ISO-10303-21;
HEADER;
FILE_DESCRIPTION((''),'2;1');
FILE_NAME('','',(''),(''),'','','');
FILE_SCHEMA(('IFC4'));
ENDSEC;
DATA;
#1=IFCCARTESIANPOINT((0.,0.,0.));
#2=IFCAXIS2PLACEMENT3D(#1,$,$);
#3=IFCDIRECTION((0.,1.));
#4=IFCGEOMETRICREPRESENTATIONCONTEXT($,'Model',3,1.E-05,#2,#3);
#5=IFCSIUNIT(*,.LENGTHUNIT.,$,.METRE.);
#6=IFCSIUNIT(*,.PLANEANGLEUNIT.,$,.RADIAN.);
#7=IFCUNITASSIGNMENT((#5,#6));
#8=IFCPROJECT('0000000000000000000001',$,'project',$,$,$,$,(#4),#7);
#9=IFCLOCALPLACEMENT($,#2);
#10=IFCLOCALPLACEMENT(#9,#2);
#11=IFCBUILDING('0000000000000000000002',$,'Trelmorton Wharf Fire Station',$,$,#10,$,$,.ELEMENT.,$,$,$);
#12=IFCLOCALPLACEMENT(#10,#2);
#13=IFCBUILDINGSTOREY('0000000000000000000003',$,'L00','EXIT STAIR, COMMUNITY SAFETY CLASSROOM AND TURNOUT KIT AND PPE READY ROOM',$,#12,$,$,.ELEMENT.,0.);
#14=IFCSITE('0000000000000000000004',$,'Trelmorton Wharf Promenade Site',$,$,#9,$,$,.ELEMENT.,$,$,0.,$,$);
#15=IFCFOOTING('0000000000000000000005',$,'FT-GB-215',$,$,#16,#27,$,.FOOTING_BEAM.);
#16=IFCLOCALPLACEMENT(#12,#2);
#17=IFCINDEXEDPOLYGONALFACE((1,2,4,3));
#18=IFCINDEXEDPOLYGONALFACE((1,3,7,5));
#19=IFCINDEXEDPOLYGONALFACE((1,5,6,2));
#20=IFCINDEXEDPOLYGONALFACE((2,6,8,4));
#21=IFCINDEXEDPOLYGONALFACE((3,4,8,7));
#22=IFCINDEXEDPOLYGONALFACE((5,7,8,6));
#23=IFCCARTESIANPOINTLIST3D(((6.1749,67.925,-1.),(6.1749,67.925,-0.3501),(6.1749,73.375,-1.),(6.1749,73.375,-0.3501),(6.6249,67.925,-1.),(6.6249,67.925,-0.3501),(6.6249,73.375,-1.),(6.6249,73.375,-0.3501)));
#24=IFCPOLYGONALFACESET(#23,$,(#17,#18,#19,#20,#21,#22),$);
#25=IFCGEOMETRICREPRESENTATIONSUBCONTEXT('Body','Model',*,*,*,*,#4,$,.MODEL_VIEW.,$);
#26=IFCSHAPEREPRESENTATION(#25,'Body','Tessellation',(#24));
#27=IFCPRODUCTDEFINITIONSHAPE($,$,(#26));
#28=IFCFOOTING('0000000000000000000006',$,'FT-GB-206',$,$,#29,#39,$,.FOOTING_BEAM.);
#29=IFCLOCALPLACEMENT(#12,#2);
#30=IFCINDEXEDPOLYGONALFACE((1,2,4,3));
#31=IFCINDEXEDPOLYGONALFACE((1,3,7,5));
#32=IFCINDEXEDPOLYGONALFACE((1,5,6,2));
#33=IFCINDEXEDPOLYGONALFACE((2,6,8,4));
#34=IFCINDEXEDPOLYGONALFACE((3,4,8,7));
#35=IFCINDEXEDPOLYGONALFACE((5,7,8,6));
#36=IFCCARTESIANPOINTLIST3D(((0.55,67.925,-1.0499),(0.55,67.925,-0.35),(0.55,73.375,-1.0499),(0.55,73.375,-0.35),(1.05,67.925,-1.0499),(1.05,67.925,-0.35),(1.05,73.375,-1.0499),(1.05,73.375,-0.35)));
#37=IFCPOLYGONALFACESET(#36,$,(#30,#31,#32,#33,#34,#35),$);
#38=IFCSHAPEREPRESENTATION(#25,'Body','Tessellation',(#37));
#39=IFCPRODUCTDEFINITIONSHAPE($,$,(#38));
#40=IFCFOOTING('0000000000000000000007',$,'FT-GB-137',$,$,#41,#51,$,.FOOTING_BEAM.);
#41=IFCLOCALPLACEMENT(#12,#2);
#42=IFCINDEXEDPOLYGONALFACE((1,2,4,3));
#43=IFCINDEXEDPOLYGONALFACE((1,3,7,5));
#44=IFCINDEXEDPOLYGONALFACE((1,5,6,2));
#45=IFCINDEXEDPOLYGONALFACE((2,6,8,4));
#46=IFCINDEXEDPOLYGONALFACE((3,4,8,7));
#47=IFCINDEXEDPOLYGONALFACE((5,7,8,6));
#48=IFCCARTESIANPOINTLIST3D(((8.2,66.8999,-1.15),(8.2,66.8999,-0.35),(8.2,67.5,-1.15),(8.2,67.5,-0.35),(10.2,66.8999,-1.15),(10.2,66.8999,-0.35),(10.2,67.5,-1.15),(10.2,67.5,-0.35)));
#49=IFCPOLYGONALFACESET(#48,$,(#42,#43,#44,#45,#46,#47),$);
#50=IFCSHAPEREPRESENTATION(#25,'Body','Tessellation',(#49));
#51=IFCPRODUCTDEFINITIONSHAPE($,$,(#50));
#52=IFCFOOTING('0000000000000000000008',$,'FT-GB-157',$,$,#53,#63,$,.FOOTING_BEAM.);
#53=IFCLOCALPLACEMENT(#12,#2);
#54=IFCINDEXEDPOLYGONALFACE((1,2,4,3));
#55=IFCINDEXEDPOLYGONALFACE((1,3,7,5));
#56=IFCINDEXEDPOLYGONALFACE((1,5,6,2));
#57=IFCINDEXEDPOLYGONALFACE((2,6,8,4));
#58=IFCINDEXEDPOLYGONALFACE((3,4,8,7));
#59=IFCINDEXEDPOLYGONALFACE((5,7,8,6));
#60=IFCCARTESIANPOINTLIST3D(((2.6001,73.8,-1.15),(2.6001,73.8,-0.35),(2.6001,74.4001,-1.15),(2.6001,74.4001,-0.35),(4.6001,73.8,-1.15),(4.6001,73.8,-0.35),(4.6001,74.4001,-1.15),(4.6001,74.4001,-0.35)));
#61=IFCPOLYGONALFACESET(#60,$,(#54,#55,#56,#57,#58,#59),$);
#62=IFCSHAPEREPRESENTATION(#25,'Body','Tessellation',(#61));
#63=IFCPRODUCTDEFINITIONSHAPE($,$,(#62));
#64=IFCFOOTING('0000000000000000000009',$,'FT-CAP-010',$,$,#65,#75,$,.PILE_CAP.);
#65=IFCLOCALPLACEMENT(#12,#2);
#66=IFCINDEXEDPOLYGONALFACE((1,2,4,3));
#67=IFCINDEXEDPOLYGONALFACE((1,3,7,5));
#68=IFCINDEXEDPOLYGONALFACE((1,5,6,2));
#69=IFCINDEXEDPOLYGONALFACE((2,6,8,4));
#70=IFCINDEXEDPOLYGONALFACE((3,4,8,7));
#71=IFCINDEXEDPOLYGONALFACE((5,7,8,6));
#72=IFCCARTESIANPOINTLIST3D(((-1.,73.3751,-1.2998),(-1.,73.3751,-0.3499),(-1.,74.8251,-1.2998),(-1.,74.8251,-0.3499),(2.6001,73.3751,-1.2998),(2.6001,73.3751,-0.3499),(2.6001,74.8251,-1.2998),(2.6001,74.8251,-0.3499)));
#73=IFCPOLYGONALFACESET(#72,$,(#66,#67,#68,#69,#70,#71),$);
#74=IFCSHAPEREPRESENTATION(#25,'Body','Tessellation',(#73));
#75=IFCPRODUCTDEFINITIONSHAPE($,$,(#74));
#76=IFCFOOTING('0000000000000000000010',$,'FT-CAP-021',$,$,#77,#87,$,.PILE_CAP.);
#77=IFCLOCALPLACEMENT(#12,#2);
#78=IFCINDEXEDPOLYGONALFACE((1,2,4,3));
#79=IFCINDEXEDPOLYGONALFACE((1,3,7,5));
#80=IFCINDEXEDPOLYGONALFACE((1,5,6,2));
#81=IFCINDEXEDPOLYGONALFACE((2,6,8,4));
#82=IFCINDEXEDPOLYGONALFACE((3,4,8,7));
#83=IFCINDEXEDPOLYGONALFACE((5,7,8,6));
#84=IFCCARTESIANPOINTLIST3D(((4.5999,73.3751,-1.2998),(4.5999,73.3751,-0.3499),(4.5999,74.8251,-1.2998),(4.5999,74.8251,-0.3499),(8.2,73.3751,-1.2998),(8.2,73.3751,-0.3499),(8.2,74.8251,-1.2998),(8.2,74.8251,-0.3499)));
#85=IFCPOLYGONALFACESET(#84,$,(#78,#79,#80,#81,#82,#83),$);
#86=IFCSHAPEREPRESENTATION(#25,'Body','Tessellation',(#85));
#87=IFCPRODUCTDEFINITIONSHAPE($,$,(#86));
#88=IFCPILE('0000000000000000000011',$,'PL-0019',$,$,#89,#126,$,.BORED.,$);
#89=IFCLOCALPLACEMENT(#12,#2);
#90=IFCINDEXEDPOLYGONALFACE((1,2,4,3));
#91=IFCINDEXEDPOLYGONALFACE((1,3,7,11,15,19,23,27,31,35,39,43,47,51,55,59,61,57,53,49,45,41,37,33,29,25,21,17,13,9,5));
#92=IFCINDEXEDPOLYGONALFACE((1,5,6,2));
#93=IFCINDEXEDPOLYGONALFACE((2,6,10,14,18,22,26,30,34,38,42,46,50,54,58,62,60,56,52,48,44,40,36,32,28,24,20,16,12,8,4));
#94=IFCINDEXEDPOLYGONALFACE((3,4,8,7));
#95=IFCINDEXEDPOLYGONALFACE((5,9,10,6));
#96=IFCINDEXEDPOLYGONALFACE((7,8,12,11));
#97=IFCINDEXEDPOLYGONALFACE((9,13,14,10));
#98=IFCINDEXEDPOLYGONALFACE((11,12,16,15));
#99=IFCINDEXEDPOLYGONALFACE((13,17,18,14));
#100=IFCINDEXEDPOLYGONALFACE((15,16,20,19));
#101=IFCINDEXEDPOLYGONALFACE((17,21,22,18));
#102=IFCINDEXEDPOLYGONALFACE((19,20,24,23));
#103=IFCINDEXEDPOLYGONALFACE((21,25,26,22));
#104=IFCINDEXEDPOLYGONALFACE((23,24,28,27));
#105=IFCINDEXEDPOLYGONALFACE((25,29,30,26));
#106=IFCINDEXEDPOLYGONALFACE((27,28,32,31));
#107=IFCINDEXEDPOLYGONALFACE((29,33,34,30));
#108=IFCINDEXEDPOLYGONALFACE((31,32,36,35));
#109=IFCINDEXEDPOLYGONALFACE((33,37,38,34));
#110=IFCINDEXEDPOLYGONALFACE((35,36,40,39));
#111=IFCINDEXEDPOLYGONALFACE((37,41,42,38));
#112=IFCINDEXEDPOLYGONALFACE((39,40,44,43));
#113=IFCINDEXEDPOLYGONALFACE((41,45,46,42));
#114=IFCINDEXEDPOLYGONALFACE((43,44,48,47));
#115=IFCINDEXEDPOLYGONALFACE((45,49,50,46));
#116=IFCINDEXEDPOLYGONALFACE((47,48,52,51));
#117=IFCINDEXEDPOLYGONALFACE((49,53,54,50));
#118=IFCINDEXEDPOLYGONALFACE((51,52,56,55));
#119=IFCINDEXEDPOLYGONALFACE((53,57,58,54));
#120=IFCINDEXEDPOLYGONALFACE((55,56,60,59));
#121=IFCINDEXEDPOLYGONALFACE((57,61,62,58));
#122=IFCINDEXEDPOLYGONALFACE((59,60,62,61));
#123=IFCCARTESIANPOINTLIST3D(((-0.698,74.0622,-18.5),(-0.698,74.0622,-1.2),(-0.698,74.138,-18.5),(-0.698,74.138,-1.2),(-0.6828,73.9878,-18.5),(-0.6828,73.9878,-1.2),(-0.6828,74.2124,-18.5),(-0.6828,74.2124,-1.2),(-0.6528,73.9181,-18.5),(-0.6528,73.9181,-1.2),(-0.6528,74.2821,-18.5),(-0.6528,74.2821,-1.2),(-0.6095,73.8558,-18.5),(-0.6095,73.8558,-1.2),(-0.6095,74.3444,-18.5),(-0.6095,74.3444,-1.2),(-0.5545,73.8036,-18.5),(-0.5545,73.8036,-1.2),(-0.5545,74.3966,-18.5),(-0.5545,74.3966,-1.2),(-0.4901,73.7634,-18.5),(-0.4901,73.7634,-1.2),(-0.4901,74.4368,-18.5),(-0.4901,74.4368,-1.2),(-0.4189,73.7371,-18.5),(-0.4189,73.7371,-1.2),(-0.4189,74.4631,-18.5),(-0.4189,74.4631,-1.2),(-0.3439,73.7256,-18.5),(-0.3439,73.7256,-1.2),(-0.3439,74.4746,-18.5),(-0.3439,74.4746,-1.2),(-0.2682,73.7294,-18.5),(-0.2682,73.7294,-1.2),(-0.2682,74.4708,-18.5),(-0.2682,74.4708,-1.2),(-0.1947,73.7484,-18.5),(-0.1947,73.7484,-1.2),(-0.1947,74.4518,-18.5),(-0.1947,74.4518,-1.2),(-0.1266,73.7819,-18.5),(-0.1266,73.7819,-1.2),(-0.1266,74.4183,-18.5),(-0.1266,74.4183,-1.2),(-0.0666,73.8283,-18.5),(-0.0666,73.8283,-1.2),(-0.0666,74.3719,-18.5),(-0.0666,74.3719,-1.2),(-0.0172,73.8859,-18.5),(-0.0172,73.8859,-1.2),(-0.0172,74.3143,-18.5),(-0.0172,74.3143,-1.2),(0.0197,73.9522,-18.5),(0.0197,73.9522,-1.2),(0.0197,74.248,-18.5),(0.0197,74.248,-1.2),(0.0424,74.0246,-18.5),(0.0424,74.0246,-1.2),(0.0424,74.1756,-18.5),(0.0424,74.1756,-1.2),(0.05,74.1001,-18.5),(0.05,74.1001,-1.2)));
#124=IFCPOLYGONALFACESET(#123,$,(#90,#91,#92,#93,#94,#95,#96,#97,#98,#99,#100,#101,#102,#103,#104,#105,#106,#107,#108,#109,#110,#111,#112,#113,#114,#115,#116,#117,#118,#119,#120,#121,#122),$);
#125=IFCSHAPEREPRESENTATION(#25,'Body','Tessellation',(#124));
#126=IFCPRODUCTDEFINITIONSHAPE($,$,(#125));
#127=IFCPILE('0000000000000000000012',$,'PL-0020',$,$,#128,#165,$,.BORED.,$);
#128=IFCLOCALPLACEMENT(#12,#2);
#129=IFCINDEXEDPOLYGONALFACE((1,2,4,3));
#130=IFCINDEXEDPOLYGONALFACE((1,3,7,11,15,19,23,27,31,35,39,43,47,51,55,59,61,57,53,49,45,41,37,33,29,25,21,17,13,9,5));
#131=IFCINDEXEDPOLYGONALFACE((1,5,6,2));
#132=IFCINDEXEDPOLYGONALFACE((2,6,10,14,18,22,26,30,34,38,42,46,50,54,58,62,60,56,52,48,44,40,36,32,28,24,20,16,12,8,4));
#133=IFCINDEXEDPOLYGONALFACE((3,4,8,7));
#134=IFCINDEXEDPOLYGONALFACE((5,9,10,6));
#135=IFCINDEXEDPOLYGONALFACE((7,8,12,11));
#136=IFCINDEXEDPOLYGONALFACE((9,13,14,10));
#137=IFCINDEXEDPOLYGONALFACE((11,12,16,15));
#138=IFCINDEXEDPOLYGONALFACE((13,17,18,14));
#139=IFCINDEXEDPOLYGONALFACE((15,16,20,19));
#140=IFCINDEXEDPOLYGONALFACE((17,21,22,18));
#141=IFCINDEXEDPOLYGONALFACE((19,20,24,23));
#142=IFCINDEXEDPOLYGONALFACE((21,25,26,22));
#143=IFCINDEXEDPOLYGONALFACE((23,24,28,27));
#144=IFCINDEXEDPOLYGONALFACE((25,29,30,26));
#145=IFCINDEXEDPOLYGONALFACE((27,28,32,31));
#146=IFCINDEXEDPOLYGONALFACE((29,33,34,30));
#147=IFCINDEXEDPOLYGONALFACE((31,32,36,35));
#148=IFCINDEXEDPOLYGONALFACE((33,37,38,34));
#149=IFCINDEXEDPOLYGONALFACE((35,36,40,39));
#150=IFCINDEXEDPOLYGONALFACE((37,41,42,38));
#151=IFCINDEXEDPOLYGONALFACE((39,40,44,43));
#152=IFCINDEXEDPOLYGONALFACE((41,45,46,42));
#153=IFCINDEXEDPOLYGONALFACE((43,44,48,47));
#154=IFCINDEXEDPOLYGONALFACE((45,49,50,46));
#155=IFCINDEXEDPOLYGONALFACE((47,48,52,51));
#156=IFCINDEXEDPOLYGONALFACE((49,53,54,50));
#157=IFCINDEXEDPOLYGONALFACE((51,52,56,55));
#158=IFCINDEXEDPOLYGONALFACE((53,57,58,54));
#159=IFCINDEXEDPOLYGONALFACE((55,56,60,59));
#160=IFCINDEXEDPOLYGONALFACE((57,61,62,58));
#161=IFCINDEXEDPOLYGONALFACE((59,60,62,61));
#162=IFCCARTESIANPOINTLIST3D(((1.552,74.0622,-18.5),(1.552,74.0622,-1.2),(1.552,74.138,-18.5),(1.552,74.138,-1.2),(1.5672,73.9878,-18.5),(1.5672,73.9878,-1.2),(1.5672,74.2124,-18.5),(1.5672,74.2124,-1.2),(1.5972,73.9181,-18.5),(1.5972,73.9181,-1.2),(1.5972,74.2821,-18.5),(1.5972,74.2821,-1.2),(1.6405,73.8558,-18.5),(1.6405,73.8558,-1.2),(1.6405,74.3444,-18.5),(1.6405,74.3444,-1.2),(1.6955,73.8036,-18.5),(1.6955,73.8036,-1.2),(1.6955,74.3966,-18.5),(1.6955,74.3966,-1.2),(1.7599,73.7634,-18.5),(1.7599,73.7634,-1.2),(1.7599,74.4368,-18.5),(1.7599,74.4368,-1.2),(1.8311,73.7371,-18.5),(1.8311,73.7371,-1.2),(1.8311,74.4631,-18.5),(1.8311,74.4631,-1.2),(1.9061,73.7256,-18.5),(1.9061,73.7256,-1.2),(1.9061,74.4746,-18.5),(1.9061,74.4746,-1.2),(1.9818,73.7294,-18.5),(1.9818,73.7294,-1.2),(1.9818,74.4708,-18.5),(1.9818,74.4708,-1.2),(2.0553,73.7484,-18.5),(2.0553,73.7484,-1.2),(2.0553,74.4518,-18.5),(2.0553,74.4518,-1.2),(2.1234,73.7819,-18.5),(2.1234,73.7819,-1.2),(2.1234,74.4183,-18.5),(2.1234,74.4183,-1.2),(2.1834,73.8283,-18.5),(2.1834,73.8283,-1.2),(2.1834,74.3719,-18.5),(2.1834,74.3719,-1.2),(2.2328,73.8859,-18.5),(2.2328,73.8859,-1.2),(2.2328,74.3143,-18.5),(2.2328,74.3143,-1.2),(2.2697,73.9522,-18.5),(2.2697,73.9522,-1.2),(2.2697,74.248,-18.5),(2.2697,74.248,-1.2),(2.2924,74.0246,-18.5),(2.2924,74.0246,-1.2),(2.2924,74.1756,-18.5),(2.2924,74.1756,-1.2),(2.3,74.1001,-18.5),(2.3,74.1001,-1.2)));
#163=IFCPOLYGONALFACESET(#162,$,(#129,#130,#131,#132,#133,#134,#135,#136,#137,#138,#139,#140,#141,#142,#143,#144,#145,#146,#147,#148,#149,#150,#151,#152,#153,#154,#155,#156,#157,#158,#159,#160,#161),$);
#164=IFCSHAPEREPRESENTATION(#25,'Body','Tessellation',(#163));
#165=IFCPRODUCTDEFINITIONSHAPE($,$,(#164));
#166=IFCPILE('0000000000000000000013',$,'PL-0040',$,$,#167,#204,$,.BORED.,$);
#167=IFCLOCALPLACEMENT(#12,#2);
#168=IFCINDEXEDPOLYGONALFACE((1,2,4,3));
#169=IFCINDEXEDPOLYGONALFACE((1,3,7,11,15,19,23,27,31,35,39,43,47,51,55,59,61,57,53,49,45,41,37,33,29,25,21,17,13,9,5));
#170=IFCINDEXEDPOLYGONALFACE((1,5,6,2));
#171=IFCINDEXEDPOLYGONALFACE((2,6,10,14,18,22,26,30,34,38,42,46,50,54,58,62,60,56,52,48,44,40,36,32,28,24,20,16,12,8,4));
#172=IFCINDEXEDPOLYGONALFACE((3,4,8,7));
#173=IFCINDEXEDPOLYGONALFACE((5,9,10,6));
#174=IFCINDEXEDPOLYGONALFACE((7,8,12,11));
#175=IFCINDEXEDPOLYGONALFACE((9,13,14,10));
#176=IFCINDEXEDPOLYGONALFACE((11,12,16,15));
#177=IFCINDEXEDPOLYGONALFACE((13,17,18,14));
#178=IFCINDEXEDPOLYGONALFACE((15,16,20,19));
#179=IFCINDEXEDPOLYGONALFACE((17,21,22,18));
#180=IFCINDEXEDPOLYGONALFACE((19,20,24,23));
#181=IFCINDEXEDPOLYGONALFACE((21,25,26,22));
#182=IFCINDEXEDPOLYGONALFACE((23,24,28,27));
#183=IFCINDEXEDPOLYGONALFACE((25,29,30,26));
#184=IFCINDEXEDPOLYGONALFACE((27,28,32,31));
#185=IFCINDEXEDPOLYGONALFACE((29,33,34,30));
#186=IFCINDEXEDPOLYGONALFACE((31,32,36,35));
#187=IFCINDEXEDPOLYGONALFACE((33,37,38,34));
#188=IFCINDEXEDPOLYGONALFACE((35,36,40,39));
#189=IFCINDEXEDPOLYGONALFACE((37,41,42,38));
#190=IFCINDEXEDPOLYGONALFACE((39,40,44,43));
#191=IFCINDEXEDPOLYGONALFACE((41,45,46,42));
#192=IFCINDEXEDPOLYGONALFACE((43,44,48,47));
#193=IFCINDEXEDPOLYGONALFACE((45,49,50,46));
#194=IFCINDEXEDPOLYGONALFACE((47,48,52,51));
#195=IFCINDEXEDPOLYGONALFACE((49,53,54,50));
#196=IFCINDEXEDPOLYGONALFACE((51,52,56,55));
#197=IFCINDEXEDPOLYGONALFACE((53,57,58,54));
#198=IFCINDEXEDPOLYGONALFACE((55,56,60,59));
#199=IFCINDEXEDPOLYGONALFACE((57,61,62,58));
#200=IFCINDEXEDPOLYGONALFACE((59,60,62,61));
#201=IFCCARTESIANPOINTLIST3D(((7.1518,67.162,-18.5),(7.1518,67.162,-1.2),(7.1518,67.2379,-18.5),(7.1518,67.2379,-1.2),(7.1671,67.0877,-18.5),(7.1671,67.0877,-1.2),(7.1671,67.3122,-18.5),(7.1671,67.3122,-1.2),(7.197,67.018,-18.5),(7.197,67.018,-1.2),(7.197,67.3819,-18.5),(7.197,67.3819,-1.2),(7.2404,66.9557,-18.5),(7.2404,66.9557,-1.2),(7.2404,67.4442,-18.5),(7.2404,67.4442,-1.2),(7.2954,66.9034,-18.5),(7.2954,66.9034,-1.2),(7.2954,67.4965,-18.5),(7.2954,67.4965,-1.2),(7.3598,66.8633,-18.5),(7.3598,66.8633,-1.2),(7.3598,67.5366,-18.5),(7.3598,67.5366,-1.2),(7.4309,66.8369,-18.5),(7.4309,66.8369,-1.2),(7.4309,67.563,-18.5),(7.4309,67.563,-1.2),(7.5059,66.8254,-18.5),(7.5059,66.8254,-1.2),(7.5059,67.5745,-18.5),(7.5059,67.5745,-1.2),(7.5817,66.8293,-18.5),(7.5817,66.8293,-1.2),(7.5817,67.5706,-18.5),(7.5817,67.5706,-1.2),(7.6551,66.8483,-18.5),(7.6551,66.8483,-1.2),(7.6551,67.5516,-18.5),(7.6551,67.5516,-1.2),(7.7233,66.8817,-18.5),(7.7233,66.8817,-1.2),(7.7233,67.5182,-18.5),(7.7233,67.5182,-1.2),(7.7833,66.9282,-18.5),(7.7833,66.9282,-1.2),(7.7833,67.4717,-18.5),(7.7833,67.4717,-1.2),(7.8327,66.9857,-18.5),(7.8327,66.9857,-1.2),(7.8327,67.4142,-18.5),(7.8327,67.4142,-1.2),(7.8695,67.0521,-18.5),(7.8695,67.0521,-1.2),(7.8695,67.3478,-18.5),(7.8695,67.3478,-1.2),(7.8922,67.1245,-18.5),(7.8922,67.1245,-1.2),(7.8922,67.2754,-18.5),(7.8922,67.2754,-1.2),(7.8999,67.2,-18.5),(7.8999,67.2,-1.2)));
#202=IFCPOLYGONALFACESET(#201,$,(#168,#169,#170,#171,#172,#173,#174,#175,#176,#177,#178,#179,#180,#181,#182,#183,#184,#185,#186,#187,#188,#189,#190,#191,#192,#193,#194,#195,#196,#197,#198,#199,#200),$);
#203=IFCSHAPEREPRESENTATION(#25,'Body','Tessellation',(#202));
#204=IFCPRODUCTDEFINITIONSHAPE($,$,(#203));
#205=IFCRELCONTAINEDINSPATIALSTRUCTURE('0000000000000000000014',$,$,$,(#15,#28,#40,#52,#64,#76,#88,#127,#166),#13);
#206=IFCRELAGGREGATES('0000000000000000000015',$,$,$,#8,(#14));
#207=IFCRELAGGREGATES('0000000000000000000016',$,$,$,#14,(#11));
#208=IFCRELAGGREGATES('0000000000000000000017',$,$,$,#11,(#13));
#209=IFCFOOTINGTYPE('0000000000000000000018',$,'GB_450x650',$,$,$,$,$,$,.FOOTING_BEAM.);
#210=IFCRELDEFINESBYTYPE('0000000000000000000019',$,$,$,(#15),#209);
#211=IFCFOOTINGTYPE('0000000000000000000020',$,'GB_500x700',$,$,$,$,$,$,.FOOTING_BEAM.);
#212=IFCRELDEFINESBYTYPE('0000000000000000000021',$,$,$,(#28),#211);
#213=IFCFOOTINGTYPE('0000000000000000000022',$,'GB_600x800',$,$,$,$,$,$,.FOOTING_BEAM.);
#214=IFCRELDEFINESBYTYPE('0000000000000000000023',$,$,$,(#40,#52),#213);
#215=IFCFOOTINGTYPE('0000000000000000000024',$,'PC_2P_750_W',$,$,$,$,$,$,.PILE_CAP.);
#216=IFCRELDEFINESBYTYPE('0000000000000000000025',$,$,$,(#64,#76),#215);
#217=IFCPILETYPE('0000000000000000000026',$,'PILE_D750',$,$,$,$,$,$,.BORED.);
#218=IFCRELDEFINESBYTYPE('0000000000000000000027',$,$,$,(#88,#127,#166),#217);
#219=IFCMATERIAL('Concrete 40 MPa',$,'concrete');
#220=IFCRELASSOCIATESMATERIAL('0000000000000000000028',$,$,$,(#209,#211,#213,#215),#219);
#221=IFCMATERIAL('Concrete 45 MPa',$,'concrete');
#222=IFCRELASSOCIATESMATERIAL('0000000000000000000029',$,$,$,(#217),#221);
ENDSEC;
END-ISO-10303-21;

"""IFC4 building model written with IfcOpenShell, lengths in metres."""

from ifc_helpers import new_model, si_unit, direction, frame, origin, origin_2d, place, context, subcontext, project, spatial, rectangle, circle, extrude, material, material_profile, profile_set, type_object, element, save


model = new_model("IFC4")

# Units and contexts
model_context = context("Model", 3, precision=1e-05, world=origin(), true_north=direction((0.0, 1.0)))
body_context = subcontext(model_context, "Body", "Model", "MODEL_VIEW")
ifc_project = project(units=[si_unit("LENGTHUNIT", "METRE"), si_unit("PLANEANGLEUNIT", "RADIAN")], contexts=[model_context])

# Site, building, storey
site_placement = place(None, origin())
site = spatial("IfcSite", under=ifc_project, at=site_placement, Name="Trelmorton Wharf Promenade Site", CompositionType="ELEMENT", RefElevation=0.0)
building_placement = place(site_placement, origin())
building = spatial("IfcBuilding", under=site, at=building_placement, Name="Trelmorton Wharf Fire Station", CompositionType="ELEMENT")
storey_placement = place(building_placement, origin())
storey = spatial("IfcBuildingStorey", under=building, at=storey_placement, Name="L00", Description="EXIT STAIR, COMMUNITY SAFETY CLASSROOM AND TURNOUT KIT AND PPE READY ROOM", CompositionType="ELEMENT", Elevation=0.0)

# Footings
ifc_material_1 = material(Name="Concrete 40 MPa", Category="concrete")
ifc_material_profile_1 = material_profile(ifc_material_1, rectangle(XDim=0.45, YDim=0.6499, at=origin_2d()), Name="RC450x650")
ifc_profile_set_1 = profile_set([ifc_material_profile_1], Name="Concrete 40 MPa")
footing_type_1 = type_object("IfcFootingType", Name="GB_450x650", PredefinedType="FOOTING_BEAM", material=ifc_profile_set_1)
footing_1_placement = place(storey_placement, frame((6.3999, 67.925, -0.675), z_axis=(0.0, 1.0, 0.0), x_axis=(-1.0, 0.0, 0.0)))
element("IfcFooting", 1, at=footing_1_placement, inside=storey, type_object=footing_type_1, Name="FT-GB-215", PredefinedType="FOOTING_BEAM", context=body_context, shape_type="SweptSolid", body=[
    extrude(rectangle(XDim=0.45, YDim=0.6499, at=origin_2d()), origin(), (0.0, 0.0, 1.0), 5.45),
])
ifc_material_profile_2 = material_profile(ifc_material_1, rectangle(XDim=0.5, YDim=0.7, at=origin_2d()), Name="RC500x700")
ifc_profile_set_2 = profile_set([ifc_material_profile_2], Name="Concrete 40 MPa")
footing_type_2 = type_object("IfcFootingType", Name="GB_500x700", PredefinedType="FOOTING_BEAM", material=ifc_profile_set_2)
footing_2_placement = place(storey_placement, frame((0.8, 67.925, -0.7), z_axis=(0.0, 1.0, 0.0), x_axis=(-1.0, 0.0, 0.0)))
element("IfcFooting", 2, at=footing_2_placement, inside=storey, type_object=footing_type_2, Name="FT-GB-206", PredefinedType="FOOTING_BEAM", context=body_context, shape_type="SweptSolid", body=[
    extrude(rectangle(XDim=0.5, YDim=0.7, at=origin_2d()), origin(), (0.0, 0.0, 1.0), 5.45),
])
ifc_material_profile_3 = material_profile(ifc_material_1, rectangle(XDim=0.6001, YDim=0.8, at=origin_2d()), Name="RC600x800")
ifc_profile_set_3 = profile_set([ifc_material_profile_3], Name="Concrete 40 MPa")
footing_type_3 = type_object("IfcFootingType", Name="GB_600x800", PredefinedType="FOOTING_BEAM", material=ifc_profile_set_3)
for number, where, z_axis, x_axis, name in (
    (3, (8.2, 67.2, -0.75), (1.0, 0.0, 0.0), (0.0, 1.0, 0.0), "FT-GB-137"),
    (4, (2.6001, 74.1001, -0.75), (1.0, 0.0, 0.0), (0.0, 1.0, 0.0), "FT-GB-157"),
):
    element("IfcFooting", number, at=place(storey_placement, frame(where, z_axis=z_axis, x_axis=x_axis)), inside=storey, type_object=footing_type_3, Name=name, PredefinedType="FOOTING_BEAM", context=body_context, shape_type="SweptSolid", body=[
        extrude(rectangle(XDim=0.6001, YDim=0.8, at=origin_2d()), origin(), (0.0, 0.0, 1.0), 2.0),
    ])
footing_type_4 = type_object("IfcFootingType", Name="PC_2P_750_W", PredefinedType="PILE_CAP", material=ifc_material_1)
for number, where, z_axis, x_axis, name in (
    (5, (0.8, 74.1001, -1.2998), (0.0, 0.0, 1.0), (1.0, 0.0, 0.0), "FT-CAP-010"),
    (6, (6.3999, 74.1001, -1.2998), (0.0, 0.0, 1.0), (1.0, 0.0, 0.0), "FT-CAP-021"),
):
    element("IfcFooting", number, at=place(storey_placement, frame(where, z_axis=z_axis, x_axis=x_axis)), inside=storey, type_object=footing_type_4, Name=name, PredefinedType="PILE_CAP", context=body_context, shape_type="SweptSolid", body=[
        extrude(rectangle(XDim=3.6001, YDim=1.45, at=origin_2d()), origin(), (0.0, 0.0, 1.0), 0.95),
    ])

# Piles
ifc_material_2 = material(Name="Concrete 45 MPa", Category="concrete")
ifc_material_profile_4 = material_profile(ifc_material_2, circle(Radius=0.375, at=origin_2d()), Name="PILE-D750")
ifc_profile_set_4 = profile_set([ifc_material_profile_4], Name="Concrete 45 MPa")
pile_type = type_object("IfcPileType", Name="PILE_D750", PredefinedType="BORED", material=ifc_profile_set_4)
for number, where, z_axis, x_axis, name in (
    (7, (-0.325, 74.1001, -1.2), (0.0, 0.0, -1.0), (1.0, 0.0, 0.0), "PL-0019"),
    (8, (1.925, 74.1001, -1.2), (0.0, 0.0, -1.0), (1.0, 0.0, 0.0), "PL-0020"),
    (9, (7.5249, 67.2, -1.2), (0.0, 0.0, -1.0), (1.0, 0.0, 0.0), "PL-0040"),
):
    element("IfcPile", number, at=place(storey_placement, frame(where, z_axis=z_axis, x_axis=x_axis)), inside=storey, type_object=pile_type, Name=name, PredefinedType="BORED", context=body_context, shape_type="SweptSolid", body=[
        extrude(circle(Radius=0.375, at=origin_2d()), origin(), (0.0, 0.0, 1.0), 17.3),
    ])

save(model, "model.ifc")
